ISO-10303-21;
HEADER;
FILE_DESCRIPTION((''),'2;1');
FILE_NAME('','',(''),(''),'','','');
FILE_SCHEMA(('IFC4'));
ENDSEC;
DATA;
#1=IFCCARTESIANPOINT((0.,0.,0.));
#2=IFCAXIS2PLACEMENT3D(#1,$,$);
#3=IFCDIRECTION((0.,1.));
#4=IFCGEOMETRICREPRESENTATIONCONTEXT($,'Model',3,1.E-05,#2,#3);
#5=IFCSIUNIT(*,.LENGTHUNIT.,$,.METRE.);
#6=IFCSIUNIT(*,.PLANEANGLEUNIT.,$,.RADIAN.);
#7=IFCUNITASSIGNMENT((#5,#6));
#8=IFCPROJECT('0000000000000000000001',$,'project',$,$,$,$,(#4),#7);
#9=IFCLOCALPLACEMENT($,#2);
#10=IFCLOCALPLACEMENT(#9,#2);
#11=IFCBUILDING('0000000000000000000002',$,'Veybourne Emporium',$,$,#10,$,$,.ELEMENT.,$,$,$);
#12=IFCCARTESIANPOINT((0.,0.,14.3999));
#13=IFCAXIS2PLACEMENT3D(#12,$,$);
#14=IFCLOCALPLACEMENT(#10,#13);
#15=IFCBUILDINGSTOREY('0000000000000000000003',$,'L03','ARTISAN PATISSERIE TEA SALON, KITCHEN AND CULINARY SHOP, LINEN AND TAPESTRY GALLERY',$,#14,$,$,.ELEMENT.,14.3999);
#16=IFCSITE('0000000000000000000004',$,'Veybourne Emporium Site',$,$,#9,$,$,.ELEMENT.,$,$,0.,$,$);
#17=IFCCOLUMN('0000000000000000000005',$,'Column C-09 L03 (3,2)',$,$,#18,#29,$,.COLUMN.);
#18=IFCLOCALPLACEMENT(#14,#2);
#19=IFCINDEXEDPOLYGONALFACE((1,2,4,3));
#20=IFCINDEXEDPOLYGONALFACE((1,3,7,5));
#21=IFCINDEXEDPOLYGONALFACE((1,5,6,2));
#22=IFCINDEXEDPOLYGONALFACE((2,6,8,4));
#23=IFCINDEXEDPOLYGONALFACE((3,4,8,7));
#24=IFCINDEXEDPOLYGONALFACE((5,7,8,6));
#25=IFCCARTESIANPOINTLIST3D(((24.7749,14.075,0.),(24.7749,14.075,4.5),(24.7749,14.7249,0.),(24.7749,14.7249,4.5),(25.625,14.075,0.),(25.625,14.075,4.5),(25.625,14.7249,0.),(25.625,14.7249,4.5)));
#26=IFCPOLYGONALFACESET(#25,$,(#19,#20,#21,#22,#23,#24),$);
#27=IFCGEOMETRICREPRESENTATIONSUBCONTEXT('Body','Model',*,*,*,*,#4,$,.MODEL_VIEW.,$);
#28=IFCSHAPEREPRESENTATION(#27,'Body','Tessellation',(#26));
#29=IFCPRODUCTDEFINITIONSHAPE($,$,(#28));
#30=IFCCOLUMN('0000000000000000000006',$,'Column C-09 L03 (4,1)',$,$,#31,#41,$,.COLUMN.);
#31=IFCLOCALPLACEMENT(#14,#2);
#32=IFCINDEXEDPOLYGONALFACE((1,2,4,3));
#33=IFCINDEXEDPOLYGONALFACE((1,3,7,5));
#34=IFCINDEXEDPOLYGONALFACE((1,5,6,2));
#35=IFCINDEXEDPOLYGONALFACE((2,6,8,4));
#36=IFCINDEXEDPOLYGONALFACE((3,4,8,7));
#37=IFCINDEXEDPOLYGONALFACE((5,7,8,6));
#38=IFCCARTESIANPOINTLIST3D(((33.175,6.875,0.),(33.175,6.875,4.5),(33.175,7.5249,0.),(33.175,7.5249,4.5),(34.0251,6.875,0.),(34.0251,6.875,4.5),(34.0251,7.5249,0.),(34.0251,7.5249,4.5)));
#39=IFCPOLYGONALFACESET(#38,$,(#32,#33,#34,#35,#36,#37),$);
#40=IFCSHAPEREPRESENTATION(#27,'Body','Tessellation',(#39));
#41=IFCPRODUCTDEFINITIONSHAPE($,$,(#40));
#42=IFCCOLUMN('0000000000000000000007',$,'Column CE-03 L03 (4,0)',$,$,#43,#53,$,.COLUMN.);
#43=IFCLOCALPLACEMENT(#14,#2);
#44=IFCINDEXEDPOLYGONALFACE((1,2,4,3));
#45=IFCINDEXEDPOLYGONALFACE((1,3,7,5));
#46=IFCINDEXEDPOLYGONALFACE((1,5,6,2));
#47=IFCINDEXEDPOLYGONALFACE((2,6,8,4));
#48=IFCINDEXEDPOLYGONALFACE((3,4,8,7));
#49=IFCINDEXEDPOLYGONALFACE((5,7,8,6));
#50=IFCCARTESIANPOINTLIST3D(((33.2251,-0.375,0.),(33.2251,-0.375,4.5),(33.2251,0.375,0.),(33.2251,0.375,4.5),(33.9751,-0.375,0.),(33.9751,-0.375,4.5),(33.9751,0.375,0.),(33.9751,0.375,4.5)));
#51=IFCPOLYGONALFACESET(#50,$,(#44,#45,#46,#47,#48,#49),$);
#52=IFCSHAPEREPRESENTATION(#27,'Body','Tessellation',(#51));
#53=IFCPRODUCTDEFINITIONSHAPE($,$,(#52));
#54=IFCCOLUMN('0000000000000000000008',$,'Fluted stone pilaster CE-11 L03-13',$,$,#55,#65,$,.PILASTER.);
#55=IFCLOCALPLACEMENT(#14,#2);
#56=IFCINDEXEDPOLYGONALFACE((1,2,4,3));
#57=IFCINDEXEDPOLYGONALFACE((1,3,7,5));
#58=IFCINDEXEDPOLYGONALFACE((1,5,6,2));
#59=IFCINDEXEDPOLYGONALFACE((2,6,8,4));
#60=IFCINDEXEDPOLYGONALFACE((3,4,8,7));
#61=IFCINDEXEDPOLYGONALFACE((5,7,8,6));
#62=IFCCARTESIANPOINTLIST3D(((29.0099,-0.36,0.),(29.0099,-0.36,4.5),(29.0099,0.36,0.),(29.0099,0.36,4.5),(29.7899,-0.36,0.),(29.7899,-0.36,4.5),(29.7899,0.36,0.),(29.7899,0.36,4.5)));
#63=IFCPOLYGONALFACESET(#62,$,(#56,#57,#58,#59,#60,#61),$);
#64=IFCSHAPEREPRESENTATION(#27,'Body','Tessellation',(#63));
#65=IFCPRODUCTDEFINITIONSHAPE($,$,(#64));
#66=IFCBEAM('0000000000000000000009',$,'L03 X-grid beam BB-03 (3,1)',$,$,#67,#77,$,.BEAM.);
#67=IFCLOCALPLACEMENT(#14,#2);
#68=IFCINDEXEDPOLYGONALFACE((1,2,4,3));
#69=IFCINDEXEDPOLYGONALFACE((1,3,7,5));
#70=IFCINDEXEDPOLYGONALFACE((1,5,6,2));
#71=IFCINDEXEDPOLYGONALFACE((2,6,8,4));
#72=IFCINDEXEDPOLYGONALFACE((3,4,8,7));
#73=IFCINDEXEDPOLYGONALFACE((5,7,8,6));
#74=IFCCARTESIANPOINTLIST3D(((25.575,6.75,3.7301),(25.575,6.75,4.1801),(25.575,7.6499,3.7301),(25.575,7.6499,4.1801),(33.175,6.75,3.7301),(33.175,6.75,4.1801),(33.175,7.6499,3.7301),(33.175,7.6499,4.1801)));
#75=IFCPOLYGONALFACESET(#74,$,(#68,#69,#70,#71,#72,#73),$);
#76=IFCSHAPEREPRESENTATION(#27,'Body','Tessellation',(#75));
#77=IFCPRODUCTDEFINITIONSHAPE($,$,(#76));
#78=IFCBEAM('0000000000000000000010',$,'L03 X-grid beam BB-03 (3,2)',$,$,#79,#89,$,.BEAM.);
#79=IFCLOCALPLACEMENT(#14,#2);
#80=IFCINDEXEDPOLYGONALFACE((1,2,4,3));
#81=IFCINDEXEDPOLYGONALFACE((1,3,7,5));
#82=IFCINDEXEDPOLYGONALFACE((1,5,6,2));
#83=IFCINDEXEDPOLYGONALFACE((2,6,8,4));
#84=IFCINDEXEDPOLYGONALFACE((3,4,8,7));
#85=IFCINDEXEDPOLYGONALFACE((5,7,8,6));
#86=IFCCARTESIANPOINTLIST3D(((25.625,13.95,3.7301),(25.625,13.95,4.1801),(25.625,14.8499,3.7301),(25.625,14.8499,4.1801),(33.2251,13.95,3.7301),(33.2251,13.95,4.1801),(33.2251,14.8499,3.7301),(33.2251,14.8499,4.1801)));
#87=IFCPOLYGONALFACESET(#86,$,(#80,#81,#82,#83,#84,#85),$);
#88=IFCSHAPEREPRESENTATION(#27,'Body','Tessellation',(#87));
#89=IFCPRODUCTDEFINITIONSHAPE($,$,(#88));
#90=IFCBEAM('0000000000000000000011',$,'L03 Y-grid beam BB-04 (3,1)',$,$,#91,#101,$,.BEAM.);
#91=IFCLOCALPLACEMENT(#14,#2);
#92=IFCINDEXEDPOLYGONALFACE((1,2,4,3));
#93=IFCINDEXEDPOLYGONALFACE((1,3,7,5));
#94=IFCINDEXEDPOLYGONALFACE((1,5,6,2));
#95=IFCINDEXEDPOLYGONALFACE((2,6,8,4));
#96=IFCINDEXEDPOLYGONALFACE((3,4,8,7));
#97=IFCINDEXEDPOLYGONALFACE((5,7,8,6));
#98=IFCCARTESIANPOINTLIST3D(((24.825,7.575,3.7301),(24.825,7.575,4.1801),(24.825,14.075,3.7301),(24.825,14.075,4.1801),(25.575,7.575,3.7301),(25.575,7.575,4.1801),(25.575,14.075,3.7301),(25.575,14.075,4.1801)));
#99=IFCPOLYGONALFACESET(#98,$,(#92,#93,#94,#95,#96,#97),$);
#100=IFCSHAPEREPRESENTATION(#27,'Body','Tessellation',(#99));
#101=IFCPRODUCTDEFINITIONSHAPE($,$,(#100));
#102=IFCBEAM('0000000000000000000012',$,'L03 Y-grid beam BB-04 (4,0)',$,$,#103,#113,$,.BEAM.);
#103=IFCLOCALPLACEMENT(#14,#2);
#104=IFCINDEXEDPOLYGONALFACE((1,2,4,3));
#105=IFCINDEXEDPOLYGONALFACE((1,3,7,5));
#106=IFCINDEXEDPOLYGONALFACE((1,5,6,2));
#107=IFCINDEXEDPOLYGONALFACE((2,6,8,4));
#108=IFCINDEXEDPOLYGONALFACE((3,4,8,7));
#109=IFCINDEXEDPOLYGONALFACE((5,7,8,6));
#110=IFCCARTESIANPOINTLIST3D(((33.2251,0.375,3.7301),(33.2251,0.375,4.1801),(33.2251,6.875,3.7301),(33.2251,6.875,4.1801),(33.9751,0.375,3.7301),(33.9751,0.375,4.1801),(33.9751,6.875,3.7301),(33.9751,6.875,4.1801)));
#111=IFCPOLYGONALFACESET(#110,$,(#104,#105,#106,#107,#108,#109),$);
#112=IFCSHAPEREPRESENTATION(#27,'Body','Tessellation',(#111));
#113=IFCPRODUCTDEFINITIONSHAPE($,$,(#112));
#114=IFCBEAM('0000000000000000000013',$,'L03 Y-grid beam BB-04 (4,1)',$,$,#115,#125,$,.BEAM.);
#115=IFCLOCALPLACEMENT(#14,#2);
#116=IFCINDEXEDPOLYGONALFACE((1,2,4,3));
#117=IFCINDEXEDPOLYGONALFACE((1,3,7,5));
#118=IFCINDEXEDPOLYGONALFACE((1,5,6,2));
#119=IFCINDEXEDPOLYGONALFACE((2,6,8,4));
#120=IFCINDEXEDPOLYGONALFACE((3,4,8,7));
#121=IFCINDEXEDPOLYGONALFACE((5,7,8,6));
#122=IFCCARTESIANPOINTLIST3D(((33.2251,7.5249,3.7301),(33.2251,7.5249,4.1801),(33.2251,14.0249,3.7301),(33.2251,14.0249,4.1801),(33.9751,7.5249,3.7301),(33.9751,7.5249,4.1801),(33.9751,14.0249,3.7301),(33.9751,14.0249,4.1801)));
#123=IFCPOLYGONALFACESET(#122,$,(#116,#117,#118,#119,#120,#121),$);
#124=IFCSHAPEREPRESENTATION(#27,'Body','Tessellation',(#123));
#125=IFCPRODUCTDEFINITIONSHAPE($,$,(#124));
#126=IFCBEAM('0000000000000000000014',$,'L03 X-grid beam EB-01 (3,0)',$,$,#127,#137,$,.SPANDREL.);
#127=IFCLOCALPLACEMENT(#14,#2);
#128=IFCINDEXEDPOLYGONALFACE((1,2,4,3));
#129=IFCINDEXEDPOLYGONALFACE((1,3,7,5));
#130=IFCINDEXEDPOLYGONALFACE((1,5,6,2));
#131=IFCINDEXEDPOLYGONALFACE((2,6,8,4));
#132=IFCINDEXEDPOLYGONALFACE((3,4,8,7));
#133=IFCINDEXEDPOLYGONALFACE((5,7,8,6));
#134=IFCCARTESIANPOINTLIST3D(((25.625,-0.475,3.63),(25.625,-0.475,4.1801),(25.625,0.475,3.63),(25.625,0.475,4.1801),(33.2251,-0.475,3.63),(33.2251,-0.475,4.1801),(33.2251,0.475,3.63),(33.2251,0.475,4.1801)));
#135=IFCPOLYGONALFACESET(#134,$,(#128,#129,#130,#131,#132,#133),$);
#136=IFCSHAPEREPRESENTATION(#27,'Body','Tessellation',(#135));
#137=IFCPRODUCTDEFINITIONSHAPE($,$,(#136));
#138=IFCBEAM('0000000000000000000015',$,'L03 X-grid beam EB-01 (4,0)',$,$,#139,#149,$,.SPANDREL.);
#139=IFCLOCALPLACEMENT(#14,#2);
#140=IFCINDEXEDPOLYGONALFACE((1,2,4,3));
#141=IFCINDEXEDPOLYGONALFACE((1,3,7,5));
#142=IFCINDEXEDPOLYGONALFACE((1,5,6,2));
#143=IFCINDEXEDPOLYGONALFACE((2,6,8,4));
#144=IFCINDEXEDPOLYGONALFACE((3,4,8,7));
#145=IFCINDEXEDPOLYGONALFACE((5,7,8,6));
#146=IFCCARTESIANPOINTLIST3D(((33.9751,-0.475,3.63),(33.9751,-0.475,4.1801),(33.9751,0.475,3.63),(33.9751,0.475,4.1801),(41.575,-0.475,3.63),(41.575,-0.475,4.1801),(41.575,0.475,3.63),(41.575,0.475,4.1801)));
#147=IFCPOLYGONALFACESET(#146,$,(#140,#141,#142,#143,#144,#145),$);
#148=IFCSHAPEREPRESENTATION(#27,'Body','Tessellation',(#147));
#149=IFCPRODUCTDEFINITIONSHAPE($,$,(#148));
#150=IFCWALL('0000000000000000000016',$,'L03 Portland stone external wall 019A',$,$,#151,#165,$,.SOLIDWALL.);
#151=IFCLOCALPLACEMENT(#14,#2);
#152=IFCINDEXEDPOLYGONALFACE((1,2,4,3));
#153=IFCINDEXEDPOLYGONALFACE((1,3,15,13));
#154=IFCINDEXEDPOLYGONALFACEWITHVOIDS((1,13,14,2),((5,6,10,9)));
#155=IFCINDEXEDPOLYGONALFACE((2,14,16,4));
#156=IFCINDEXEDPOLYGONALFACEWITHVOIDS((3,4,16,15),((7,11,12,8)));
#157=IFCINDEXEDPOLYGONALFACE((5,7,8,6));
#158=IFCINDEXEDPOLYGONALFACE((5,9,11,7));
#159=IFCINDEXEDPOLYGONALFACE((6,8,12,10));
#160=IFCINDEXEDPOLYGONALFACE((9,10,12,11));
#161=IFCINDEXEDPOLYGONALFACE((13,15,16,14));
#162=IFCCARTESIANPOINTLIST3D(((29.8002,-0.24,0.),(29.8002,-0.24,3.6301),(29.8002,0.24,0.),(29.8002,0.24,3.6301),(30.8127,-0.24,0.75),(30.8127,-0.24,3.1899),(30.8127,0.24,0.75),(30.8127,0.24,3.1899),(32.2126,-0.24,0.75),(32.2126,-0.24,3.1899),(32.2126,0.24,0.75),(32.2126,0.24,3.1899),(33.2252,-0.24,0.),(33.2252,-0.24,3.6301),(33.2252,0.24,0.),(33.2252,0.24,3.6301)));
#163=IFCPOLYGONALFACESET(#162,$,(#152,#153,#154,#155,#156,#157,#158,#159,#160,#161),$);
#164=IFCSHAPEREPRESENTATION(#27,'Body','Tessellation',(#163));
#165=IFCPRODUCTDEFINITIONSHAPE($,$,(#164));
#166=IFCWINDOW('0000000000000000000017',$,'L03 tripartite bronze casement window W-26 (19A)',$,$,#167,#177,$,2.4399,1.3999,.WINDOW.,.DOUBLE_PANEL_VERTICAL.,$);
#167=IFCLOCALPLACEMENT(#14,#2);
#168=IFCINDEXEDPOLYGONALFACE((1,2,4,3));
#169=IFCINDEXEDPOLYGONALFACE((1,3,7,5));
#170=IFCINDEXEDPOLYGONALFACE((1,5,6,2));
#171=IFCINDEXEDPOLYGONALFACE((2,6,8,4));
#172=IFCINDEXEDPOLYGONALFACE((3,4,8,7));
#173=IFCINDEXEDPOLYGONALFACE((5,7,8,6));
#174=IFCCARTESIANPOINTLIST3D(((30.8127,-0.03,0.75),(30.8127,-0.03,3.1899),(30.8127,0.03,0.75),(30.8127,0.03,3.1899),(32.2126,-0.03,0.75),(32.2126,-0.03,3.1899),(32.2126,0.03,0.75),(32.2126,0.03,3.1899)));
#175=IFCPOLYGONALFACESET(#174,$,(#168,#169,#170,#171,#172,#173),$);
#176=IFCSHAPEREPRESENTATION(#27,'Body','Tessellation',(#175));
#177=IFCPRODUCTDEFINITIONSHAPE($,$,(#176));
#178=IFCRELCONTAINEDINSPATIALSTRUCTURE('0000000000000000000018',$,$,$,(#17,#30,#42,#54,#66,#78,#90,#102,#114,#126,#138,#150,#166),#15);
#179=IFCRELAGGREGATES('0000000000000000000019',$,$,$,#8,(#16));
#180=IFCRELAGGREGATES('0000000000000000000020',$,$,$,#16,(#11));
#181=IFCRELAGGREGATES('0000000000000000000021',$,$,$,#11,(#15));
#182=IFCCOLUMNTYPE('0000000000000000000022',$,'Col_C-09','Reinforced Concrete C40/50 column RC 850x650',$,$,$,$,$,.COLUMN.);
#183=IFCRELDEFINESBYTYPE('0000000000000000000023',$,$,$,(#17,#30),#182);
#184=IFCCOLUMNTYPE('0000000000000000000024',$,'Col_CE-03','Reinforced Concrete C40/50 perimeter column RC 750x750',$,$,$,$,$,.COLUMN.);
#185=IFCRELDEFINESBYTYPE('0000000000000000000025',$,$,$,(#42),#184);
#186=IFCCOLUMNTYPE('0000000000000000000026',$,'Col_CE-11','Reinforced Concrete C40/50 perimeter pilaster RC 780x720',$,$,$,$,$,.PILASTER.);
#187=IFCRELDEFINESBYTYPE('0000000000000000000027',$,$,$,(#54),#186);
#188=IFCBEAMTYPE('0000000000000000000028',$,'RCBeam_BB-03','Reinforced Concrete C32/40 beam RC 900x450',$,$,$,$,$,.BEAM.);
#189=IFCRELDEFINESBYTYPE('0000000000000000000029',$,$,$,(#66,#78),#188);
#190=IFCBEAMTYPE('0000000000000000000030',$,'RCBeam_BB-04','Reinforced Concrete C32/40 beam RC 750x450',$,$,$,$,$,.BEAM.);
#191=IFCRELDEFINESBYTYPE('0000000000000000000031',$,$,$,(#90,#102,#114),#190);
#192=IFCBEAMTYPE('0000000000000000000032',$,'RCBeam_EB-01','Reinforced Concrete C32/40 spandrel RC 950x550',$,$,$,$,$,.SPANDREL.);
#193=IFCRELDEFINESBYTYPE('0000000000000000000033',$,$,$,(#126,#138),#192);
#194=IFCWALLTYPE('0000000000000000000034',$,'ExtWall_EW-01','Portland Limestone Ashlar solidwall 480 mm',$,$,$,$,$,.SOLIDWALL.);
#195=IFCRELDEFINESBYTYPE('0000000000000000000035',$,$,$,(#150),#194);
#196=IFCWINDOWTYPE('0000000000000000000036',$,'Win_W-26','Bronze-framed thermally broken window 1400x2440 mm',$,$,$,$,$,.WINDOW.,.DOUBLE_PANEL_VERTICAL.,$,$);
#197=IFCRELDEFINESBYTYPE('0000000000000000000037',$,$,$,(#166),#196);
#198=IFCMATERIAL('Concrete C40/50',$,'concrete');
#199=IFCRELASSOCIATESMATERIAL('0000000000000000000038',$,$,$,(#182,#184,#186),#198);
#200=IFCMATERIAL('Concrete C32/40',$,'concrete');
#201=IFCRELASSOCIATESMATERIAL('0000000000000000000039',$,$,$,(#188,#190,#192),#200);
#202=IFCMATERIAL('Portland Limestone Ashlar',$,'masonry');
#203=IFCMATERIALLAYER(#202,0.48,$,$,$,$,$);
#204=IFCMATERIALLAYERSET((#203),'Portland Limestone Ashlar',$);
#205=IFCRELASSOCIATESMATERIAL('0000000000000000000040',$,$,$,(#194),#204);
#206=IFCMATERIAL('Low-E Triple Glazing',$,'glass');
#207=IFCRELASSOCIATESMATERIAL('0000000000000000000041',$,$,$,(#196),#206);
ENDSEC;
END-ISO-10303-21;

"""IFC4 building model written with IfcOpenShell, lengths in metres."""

from ifc_helpers import new_model, si_unit, direction, frame, frame_2d, origin, origin_2d, place, context, subcontext, project, spatial, rectangle, extrude, material, layer, layer_set, material_profile, profile_set, type_object, element, fill, save


model = new_model("IFC4")

# Units and contexts
model_context = context("Model", 3, precision=1e-05, world=origin(), true_north=direction((0.0, 1.0)))
body_context = subcontext(model_context, "Body", "Model", "MODEL_VIEW")
ifc_project = project(units=[si_unit("LENGTHUNIT", "METRE"), si_unit("PLANEANGLEUNIT", "RADIAN")], contexts=[model_context])

# Site, building, storey
site_placement = place(None, origin())
site = spatial("IfcSite", under=ifc_project, at=site_placement, Name="Veybourne Emporium Site", CompositionType="ELEMENT", RefElevation=0.0)
building_placement = place(site_placement, origin())
building = spatial("IfcBuilding", under=site, at=building_placement, Name="Veybourne Emporium", CompositionType="ELEMENT")
storey_placement = place(building_placement, frame((0.0, 0.0, 14.3999)))
storey = spatial("IfcBuildingStorey", under=building, at=storey_placement, Name="L03", Description="ARTISAN PATISSERIE TEA SALON, KITCHEN AND CULINARY SHOP, LINEN AND TAPESTRY GALLERY", CompositionType="ELEMENT", Elevation=14.3999)

# Columns
ifc_material_1 = material(Name="Concrete C40/50", Category="concrete")
ifc_material_profile_1 = material_profile(ifc_material_1, rectangle(XDim=0.8501, YDim=0.6499, at=origin_2d()), Name="RC 850x650")
ifc_profile_set_1 = profile_set([ifc_material_profile_1], Name="Concrete C40/50")
column_type_1 = type_object("IfcColumnType", Name="Col_C-09", Description="Reinforced Concrete C40/50 column RC 850x650", PredefinedType="COLUMN", material=ifc_profile_set_1)
for number, where, z_axis, x_axis, name in (
    (1, (25.2, 14.3999, 0.0), (0.0, 0.0, 1.0), (1.0, 0.0, 0.0), "Column C-09 L03 (3,2)"),
    (2, (33.6001, 7.2, 0.0), (0.0, 0.0, 1.0), (1.0, 0.0, 0.0), "Column C-09 L03 (4,1)"),
):
    element("IfcColumn", number, at=place(storey_placement, frame(where, z_axis=z_axis, x_axis=x_axis)), inside=storey, type_object=column_type_1, Name=name, PredefinedType="COLUMN", context=body_context, shape_type="SweptSolid", body=[
        extrude(rectangle(XDim=0.8501, YDim=0.6499, at=origin_2d()), origin(), (0.0, 0.0, 1.0), 4.5),
    ])
ifc_material_profile_2 = material_profile(ifc_material_1, rectangle(XDim=0.75, YDim=0.75, at=origin_2d()), Name="RC 750x750")
ifc_profile_set_2 = profile_set([ifc_material_profile_2], Name="Concrete C40/50")
column_type_2 = type_object("IfcColumnType", Name="Col_CE-03", Description="Reinforced Concrete C40/50 perimeter column RC 750x750", PredefinedType="COLUMN", material=ifc_profile_set_2)
column_1_placement = place(storey_placement, frame((33.6001, 0.0, 0.0), z_axis=(0.0, 0.0, 1.0), x_axis=(1.0, 0.0, 0.0)))
element("IfcColumn", 3, at=column_1_placement, inside=storey, type_object=column_type_2, Name="Column CE-03 L03 (4,0)", PredefinedType="COLUMN", context=body_context, shape_type="SweptSolid", body=[
    extrude(rectangle(XDim=0.75, YDim=0.75, at=origin_2d()), origin(), (0.0, 0.0, 1.0), 4.5),
])
ifc_material_profile_3 = material_profile(ifc_material_1, rectangle(XDim=0.78, YDim=0.72, at=origin_2d()), Name="RC 780x720")
ifc_profile_set_3 = profile_set([ifc_material_profile_3], Name="Concrete C40/50")
column_type_3 = type_object("IfcColumnType", Name="Col_CE-11", Description="Reinforced Concrete C40/50 perimeter pilaster RC 780x720", PredefinedType="PILASTER", material=ifc_profile_set_3)
column_2_placement = place(storey_placement, frame((29.3999, 0.0, 0.0), z_axis=(0.0, 0.0, 1.0), x_axis=(1.0, 0.0, 0.0)))
element("IfcColumn", 4, at=column_2_placement, inside=storey, type_object=column_type_3, Name="Fluted stone pilaster CE-11 L03-13", PredefinedType="PILASTER", context=body_context, shape_type="SweptSolid", body=[
    extrude(rectangle(XDim=0.78, YDim=0.72, at=origin_2d()), origin(), (0.0, 0.0, 1.0), 4.5),
])

# Beams
ifc_material_2 = material(Name="Concrete C32/40", Category="concrete")
ifc_material_profile_4 = material_profile(ifc_material_2, rectangle(XDim=0.8999, YDim=0.45, at=origin_2d()), Name="RC 900x450")
ifc_profile_set_4 = profile_set([ifc_material_profile_4], Name="Concrete C32/40")
beam_type_1 = type_object("IfcBeamType", Name="RCBeam_BB-03", Description="Reinforced Concrete C32/40 beam RC 900x450", PredefinedType="BEAM", material=ifc_profile_set_4)
for number, where, z_axis, x_axis, name in (
    (5, (25.575, 7.2, 3.9551), (1.0, 0.0, 0.0), (0.0, 1.0, 0.0), "L03 X-grid beam BB-03 (3,1)"),
    (6, (25.625, 14.3999, 3.9551), (1.0, 0.0, 0.0), (0.0, 1.0, 0.0), "L03 X-grid beam BB-03 (3,2)"),
):
    element("IfcBeam", number, at=place(storey_placement, frame(where, z_axis=z_axis, x_axis=x_axis)), inside=storey, type_object=beam_type_1, Name=name, PredefinedType="BEAM", context=body_context, shape_type="SweptSolid", body=[
        extrude(rectangle(XDim=0.8999, YDim=0.45, at=origin_2d()), origin(), (0.0, 0.0, 1.0), 7.6001),
    ])
ifc_material_profile_5 = material_profile(ifc_material_2, rectangle(XDim=0.75, YDim=0.45, at=origin_2d()), Name="RC 750x450")
ifc_profile_set_5 = profile_set([ifc_material_profile_5], Name="Concrete C32/40")
beam_type_2 = type_object("IfcBeamType", Name="RCBeam_BB-04", Description="Reinforced Concrete C32/40 beam RC 750x450", PredefinedType="BEAM", material=ifc_profile_set_5)
for number, where, z_axis, x_axis, name in (
    (7, (25.2, 7.575, 3.9551), (0.0, 1.0, 0.0), (-1.0, 0.0, 0.0), "L03 Y-grid beam BB-04 (3,1)"),
    (8, (33.6001, 0.375, 3.9551), (0.0, 1.0, 0.0), (-1.0, 0.0, 0.0), "L03 Y-grid beam BB-04 (4,0)"),
    (9, (33.6001, 7.5249, 3.9551), (0.0, 1.0, 0.0), (-1.0, 0.0, 0.0), "L03 Y-grid beam BB-04 (4,1)"),
):
    element("IfcBeam", number, at=place(storey_placement, frame(where, z_axis=z_axis, x_axis=x_axis)), inside=storey, type_object=beam_type_2, Name=name, PredefinedType="BEAM", context=body_context, shape_type="SweptSolid", body=[
        extrude(rectangle(XDim=0.75, YDim=0.45, at=origin_2d()), origin(), (0.0, 0.0, 1.0), 6.5),
    ])
ifc_material_profile_6 = material_profile(ifc_material_2, rectangle(XDim=0.95, YDim=0.55, at=origin_2d()), Name="RC 950x550")
ifc_profile_set_6 = profile_set([ifc_material_profile_6], Name="Concrete C32/40")
beam_type_3 = type_object("IfcBeamType", Name="RCBeam_EB-01", Description="Reinforced Concrete C32/40 spandrel RC 950x550", PredefinedType="SPANDREL", material=ifc_profile_set_6)
beam_1_placement = place(storey_placement, frame((25.625, 0.0, 3.905), z_axis=(1.0, 0.0, 0.0), x_axis=(0.0, 1.0, 0.0)))
element("IfcBeam", 10, at=beam_1_placement, inside=storey, type_object=beam_type_3, Name="L03 X-grid beam EB-01 (3,0)", PredefinedType="SPANDREL", context=body_context, shape_type="SweptSolid", body=[
    extrude(rectangle(XDim=0.95, YDim=0.55, at=origin_2d()), origin(), (0.0, 0.0, 1.0), 7.6001),
])
beam_2_placement = place(storey_placement, frame((33.9751, 0.0, 3.905), z_axis=(1.0, 0.0, 0.0), x_axis=(0.0, 1.0, 0.0)))
element("IfcBeam", 11, at=beam_2_placement, inside=storey, type_object=beam_type_3, Name="L03 X-grid beam EB-01 (4,0)", PredefinedType="SPANDREL", context=body_context, shape_type="SweptSolid", body=[
    extrude(rectangle(XDim=0.95, YDim=0.55, at=origin_2d()), origin(), (0.0, 0.0, 1.0), 7.5999),
])

# Wall, opening, window
ifc_material_3 = material(Name="Portland Limestone Ashlar", Category="masonry")
ifc_layer_1 = layer(ifc_material_3, 0.48)
ifc_layer_set_1 = layer_set([ifc_layer_1], Name="Portland Limestone Ashlar")
wall_type_1 = type_object("IfcWallType", Name="ExtWall_EW-01", Description="Portland Limestone Ashlar solidwall 480 mm", PredefinedType="SOLIDWALL", material=ifc_layer_set_1)
wall_1_placement = place(storey_placement, frame((33.2251, 0.0, 0.0), z_axis=(0.0, 0.0, 1.0), x_axis=(-1.0, 0.0, 0.0)))
wall_1 = element("IfcWall", 12, at=wall_1_placement, inside=storey, type_object=wall_type_1, Name="L03 Portland stone external wall 019A", PredefinedType="SOLIDWALL", context=body_context, shape_type="SweptSolid", body=[
    extrude(rectangle(XDim=3.425, YDim=0.48, at=frame_2d((1.7124, 0.0))), origin(), (0.0, 0.0, 1.0), 3.6301),
])
opening_1_placement = place(wall_1_placement, frame((1.0125, 0.0, 0.75)))
opening_1 = element("IfcOpeningElement", 13, at=opening_1_placement, cuts=wall_1, PredefinedType="OPENING", context=body_context, shape_type="SweptSolid", body=[
    extrude(rectangle(XDim=1.3999, YDim=2.4399, at=frame_2d((0.7, 1.22))), frame((0.0, 0.26, 0.0), z_axis=(0.0, -1.0, 0.0), x_axis=(1.0, 0.0, 0.0)), (0.0, 0.0, 1.0), 0.52),
])
ifc_material_4 = material(Name="Low-E Triple Glazing", Category="glass")
window_type_1 = type_object("IfcWindowType", Name="Win_W-26", Description="Bronze-framed thermally broken window 1400x2440 mm", PartitioningType="DOUBLE_PANEL_VERTICAL", PredefinedType="WINDOW", material=ifc_material_4)
window_1_placement = place(opening_1_placement, origin())
window_1 = element("IfcWindow", 14, at=window_1_placement, inside=storey, type_object=window_type_1, Name="L03 tripartite bronze casement window W-26 (19A)", OverallHeight=2.4399, OverallWidth=1.3999, PartitioningType="DOUBLE_PANEL_VERTICAL", PredefinedType="WINDOW", context=body_context, shape_type="SweptSolid", body=[
    extrude(rectangle(XDim=1.3999, YDim=2.4399, at=frame_2d((0.7, 1.22))), frame((0.0, 0.03, 0.0), z_axis=(0.0, -1.0, 0.0), x_axis=(1.0, 0.0, 0.0)), (0.0, 0.0, 1.0), 0.0601),
])
fill(opening_1, window_1)

save(model, "model.ifc")
